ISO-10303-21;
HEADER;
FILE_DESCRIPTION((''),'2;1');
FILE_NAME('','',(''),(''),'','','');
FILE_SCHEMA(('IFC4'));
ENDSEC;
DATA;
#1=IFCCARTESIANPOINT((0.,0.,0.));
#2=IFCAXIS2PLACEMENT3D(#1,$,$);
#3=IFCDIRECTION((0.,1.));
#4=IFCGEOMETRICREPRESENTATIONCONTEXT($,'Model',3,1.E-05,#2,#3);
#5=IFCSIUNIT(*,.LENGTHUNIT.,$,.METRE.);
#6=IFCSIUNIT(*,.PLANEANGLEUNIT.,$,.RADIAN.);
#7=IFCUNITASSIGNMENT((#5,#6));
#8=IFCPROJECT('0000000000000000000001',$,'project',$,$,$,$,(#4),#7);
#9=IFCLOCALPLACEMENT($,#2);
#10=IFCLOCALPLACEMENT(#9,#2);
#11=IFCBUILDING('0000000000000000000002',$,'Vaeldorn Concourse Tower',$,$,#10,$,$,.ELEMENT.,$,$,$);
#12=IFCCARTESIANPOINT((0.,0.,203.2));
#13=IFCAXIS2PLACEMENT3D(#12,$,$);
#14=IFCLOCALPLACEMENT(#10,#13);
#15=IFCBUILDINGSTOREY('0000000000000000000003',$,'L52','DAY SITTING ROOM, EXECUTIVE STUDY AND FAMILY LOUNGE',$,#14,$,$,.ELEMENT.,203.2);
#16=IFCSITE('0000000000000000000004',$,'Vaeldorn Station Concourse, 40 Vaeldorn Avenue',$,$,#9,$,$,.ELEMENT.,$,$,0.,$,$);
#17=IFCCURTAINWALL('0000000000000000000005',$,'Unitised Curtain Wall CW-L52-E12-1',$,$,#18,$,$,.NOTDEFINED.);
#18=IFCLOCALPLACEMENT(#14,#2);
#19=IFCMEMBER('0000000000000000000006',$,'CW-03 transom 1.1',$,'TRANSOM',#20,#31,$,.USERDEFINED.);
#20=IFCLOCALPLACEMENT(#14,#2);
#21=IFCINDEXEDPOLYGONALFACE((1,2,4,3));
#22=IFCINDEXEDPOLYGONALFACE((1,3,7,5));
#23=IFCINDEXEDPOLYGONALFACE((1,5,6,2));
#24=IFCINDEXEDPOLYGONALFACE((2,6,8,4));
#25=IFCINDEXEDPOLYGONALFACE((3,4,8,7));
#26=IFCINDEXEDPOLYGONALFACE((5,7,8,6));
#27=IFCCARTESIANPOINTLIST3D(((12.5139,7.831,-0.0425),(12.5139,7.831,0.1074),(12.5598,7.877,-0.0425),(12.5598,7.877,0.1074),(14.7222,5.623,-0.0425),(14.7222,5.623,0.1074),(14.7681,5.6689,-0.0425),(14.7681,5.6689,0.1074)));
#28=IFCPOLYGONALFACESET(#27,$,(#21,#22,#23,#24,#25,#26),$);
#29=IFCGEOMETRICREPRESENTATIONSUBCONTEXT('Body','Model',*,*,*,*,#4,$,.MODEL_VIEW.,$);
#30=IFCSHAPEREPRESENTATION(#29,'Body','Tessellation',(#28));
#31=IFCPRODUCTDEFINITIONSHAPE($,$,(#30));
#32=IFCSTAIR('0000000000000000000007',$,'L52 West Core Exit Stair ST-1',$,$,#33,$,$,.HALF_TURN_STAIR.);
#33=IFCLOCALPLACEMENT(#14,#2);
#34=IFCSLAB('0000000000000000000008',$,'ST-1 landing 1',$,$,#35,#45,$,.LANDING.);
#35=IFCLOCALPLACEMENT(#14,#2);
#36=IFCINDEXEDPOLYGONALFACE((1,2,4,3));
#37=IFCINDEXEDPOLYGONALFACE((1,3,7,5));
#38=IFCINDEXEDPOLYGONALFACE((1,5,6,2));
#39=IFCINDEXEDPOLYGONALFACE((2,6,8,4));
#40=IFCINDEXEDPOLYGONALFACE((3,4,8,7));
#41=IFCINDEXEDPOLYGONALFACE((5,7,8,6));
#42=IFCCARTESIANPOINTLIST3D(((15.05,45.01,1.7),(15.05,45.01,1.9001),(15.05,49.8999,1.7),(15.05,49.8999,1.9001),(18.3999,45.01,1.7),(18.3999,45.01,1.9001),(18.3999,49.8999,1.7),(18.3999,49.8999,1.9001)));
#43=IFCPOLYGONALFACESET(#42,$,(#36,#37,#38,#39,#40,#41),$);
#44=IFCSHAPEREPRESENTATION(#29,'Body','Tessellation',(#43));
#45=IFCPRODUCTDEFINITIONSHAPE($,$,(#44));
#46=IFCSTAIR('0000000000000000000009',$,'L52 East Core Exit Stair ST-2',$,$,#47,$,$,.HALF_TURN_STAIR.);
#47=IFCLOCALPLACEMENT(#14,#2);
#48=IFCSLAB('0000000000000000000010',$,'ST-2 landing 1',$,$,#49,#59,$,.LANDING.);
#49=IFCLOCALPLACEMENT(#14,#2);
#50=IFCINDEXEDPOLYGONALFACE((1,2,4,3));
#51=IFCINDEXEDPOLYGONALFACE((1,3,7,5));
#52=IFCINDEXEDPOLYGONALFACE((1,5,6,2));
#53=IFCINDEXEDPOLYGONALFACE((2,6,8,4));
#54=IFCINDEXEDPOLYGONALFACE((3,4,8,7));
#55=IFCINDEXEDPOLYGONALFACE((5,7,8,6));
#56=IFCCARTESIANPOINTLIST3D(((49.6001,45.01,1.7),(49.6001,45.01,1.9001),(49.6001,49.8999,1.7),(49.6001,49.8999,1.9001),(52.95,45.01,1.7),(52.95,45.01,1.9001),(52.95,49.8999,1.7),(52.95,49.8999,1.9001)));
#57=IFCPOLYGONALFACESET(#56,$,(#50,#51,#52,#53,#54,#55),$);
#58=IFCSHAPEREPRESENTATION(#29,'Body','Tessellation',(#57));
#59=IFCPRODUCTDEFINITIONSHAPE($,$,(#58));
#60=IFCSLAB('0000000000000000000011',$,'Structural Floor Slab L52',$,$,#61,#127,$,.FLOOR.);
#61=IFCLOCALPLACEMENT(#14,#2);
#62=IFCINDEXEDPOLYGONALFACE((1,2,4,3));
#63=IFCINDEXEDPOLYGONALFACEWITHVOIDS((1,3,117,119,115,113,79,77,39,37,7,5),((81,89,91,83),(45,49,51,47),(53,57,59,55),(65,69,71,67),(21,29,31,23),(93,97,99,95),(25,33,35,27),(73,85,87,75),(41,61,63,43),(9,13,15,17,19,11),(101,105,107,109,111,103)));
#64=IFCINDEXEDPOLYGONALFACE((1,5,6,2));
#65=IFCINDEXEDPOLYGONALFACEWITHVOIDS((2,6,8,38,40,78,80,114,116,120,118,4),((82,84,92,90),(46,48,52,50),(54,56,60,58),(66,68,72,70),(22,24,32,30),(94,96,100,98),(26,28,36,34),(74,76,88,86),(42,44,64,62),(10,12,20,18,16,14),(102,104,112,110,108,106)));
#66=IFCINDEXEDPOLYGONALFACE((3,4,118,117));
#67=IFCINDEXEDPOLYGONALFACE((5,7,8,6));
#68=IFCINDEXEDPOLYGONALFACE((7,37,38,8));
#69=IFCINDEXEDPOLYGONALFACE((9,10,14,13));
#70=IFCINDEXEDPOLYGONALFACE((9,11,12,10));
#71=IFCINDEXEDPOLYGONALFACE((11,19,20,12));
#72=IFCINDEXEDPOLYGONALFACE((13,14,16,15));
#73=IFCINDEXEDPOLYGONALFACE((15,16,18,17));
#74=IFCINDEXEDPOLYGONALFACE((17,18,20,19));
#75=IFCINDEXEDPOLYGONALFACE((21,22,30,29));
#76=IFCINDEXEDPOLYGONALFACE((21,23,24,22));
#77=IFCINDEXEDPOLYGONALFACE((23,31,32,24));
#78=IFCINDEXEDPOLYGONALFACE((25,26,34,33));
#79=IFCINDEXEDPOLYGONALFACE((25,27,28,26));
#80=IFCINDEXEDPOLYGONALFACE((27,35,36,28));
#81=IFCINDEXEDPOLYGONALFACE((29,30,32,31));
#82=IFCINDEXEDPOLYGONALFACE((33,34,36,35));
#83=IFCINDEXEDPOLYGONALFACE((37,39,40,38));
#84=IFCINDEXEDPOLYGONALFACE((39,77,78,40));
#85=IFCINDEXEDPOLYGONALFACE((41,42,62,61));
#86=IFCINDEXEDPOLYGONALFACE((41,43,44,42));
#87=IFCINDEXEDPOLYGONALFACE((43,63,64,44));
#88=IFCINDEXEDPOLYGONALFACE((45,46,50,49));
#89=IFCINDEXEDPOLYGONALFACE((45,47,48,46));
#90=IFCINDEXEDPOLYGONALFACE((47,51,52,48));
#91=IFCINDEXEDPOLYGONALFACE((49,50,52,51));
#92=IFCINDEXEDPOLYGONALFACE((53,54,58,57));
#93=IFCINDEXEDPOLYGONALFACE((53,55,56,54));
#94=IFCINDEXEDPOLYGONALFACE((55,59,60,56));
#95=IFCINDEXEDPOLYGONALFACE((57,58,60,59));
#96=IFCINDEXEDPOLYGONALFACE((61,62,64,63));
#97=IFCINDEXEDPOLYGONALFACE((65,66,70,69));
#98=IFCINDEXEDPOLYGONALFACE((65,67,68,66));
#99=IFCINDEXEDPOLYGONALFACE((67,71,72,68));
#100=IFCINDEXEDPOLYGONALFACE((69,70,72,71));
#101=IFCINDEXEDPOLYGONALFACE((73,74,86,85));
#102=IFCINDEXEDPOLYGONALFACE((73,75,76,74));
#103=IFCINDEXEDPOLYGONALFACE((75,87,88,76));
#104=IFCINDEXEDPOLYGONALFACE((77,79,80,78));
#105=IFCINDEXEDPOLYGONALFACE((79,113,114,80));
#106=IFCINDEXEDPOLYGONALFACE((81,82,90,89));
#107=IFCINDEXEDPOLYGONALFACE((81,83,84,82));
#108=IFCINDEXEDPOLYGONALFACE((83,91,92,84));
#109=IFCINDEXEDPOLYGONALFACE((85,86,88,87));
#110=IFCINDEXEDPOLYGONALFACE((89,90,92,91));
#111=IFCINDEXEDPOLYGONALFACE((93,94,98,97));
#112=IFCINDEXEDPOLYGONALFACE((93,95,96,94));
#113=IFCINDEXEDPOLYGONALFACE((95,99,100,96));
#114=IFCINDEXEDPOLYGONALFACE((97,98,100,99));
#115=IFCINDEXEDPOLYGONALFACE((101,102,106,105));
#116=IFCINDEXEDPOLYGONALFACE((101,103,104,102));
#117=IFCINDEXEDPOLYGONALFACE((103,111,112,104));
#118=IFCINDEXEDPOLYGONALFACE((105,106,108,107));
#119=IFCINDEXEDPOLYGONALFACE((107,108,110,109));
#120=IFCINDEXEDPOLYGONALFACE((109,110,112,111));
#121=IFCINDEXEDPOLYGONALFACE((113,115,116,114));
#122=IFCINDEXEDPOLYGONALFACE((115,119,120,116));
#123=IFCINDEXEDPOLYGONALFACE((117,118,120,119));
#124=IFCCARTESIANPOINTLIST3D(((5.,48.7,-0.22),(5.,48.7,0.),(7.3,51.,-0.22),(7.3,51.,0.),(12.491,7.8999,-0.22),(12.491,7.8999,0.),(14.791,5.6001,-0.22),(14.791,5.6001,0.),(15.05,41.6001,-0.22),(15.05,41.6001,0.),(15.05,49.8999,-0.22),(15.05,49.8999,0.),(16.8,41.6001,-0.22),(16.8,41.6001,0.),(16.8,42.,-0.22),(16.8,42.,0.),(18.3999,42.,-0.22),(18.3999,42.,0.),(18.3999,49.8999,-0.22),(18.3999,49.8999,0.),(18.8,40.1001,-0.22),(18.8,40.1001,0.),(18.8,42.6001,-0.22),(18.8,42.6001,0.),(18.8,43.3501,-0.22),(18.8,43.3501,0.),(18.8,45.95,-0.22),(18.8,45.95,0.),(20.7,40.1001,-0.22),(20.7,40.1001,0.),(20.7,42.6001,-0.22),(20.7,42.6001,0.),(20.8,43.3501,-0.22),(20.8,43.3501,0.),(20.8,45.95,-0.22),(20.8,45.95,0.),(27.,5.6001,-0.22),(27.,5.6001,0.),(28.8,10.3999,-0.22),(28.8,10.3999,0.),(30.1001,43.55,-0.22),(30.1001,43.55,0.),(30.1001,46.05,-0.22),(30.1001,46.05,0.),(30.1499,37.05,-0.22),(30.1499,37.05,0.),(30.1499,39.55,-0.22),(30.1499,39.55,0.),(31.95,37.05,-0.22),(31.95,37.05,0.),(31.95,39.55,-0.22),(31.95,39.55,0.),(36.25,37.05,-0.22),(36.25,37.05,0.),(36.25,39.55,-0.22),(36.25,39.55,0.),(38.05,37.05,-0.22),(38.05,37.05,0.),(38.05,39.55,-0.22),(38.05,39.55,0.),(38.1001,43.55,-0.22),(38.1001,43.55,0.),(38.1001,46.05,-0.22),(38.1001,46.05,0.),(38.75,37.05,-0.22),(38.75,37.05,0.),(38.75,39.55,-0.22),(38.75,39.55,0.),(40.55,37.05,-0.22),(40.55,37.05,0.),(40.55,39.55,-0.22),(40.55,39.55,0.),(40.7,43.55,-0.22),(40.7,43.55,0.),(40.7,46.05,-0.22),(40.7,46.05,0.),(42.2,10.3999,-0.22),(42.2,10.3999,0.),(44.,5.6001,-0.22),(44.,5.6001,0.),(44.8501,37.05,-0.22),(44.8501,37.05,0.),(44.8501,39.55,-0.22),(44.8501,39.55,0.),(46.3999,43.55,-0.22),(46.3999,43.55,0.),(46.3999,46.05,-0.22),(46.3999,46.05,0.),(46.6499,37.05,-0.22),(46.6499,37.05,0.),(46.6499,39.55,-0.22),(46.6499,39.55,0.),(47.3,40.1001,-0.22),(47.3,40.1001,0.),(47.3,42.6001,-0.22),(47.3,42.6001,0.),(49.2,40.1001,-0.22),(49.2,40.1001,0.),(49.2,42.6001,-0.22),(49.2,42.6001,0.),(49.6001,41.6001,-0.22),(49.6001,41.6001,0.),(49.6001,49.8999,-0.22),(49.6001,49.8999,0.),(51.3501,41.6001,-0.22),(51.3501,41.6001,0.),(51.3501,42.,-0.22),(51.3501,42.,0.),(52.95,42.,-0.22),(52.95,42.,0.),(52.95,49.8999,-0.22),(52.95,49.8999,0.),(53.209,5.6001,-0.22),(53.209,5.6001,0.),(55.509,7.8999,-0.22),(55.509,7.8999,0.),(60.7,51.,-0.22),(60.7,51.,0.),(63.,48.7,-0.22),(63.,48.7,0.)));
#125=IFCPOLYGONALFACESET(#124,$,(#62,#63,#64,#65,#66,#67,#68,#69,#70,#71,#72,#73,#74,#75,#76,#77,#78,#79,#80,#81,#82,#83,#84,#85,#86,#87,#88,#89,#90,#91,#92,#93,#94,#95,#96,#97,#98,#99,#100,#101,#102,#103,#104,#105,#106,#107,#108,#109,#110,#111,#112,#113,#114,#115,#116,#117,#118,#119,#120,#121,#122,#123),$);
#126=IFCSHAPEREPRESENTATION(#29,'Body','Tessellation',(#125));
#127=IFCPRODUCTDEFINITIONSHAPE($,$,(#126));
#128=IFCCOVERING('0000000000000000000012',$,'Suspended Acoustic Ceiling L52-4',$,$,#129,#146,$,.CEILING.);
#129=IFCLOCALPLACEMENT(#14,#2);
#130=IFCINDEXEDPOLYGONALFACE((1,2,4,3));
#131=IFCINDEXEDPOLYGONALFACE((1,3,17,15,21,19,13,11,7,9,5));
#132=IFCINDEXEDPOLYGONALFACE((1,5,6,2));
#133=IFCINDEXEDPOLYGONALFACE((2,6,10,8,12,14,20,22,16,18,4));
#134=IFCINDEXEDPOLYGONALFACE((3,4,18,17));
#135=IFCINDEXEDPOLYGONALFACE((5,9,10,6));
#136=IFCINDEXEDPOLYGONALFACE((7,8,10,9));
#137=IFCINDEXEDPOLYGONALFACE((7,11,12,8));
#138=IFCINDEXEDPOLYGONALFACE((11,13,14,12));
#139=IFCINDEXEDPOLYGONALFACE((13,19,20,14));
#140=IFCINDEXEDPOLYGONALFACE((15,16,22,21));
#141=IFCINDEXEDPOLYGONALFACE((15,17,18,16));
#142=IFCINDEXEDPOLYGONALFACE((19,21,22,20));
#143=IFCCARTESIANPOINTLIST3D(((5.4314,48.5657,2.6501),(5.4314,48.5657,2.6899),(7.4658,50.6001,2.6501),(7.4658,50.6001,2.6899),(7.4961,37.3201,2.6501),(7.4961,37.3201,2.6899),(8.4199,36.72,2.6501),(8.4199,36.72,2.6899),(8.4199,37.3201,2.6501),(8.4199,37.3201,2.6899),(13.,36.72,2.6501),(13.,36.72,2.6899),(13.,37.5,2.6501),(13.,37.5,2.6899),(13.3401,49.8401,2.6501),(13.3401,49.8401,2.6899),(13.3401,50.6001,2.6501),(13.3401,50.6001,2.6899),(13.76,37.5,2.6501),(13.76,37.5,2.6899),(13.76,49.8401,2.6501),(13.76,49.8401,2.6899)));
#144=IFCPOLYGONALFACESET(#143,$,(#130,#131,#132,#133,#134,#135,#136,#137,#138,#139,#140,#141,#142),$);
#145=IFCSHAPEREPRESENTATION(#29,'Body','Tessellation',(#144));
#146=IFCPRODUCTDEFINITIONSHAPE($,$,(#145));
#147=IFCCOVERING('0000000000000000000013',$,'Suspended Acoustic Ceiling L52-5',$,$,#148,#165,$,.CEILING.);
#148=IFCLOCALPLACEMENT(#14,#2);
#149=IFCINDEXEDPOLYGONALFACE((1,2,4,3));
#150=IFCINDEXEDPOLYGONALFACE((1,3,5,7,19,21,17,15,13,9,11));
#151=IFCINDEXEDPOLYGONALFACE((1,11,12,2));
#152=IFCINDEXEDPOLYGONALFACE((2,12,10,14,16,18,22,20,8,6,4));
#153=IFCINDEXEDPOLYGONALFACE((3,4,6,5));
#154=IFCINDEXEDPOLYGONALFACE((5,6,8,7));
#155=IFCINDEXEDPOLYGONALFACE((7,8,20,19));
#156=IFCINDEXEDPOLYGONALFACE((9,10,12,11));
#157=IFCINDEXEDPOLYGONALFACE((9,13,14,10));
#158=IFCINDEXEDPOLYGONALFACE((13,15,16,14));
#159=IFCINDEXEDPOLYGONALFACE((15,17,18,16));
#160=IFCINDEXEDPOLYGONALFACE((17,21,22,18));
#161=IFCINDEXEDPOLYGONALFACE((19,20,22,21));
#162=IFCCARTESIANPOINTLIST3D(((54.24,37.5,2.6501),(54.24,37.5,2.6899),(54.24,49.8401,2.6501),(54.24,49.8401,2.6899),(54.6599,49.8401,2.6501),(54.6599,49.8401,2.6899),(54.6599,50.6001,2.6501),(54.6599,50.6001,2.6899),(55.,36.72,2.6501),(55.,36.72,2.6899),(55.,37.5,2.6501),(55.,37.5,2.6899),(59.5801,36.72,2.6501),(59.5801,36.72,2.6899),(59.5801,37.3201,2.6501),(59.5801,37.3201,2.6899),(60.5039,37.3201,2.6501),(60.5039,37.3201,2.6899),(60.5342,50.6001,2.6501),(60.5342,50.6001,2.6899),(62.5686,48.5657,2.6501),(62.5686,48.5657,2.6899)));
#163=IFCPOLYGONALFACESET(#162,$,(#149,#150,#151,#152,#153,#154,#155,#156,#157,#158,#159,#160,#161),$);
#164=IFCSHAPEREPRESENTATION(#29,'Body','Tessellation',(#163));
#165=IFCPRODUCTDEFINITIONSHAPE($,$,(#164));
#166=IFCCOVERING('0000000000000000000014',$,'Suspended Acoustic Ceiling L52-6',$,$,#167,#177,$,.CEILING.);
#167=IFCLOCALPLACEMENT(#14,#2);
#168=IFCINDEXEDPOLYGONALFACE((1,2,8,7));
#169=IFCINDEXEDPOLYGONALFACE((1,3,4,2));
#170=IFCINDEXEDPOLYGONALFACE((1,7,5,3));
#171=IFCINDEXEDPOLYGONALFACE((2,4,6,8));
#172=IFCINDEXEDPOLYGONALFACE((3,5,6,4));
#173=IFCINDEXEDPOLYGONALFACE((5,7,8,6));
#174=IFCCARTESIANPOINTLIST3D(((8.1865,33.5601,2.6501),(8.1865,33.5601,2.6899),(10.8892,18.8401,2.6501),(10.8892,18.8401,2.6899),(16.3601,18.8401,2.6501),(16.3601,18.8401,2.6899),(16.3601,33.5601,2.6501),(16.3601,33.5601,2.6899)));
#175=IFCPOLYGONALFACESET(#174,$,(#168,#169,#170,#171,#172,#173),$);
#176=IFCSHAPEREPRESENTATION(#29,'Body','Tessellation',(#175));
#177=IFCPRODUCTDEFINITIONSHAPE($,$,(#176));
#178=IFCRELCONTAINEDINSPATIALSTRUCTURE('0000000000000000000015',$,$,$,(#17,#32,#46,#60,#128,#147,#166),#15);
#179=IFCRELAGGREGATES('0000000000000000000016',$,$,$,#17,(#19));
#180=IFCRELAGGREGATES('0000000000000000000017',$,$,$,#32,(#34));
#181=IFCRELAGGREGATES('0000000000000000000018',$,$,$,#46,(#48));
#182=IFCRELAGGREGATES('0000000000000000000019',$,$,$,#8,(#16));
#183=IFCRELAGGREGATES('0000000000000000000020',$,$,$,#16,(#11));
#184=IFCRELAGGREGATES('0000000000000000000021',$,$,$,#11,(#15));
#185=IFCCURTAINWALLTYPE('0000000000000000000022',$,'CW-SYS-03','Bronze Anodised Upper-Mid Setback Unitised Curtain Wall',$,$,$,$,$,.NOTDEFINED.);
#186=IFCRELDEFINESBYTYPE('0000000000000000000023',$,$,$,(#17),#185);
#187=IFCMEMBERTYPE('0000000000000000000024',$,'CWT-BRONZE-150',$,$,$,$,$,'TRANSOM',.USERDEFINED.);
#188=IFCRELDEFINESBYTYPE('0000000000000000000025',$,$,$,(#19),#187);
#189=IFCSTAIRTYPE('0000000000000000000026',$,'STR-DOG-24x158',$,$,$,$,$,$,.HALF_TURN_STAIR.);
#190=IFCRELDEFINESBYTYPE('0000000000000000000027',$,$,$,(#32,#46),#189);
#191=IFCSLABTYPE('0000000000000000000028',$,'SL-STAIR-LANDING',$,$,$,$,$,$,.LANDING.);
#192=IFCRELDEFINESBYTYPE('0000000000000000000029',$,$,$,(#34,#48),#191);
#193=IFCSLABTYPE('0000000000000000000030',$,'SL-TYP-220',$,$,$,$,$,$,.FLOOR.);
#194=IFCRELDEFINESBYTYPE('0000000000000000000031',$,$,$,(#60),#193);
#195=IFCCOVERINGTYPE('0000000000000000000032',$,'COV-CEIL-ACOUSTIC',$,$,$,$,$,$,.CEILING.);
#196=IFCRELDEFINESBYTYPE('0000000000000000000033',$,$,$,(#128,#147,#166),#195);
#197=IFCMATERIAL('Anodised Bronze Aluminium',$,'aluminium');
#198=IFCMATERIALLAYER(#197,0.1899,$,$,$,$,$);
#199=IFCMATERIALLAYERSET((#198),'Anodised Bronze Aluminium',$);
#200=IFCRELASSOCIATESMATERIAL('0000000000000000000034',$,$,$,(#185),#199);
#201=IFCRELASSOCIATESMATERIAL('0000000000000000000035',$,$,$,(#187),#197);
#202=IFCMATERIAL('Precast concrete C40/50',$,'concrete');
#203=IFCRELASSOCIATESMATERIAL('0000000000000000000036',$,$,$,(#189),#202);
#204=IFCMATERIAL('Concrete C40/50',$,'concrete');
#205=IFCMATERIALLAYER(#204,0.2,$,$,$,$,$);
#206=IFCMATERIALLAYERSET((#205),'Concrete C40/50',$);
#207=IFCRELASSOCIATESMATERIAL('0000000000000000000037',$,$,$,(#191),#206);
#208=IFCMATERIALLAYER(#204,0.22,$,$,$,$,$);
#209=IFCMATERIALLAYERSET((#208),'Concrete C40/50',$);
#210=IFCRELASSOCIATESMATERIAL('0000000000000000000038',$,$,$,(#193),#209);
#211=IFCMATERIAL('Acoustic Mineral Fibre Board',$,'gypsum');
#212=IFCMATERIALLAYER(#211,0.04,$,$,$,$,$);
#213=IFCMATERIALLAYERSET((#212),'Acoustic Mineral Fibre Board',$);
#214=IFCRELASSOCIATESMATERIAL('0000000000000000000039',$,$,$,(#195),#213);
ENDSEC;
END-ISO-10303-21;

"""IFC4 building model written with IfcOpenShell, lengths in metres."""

from ifc_helpers import new_model, si_unit, direction, frame, origin, origin_2d, place, context, subcontext, project, spatial, polyline, rectangle, outline, extrude, source, transform, mapped, material, layer, layer_set, material_profile, profile_set, type_object, element, aggregate, save


model = new_model("IFC4")

# Units and contexts
model_context = context("Model", 3, precision=1e-05, world=origin(), true_north=direction((0.0, 1.0)))
body_context = subcontext(model_context, "Body", "Model", "MODEL_VIEW")
ifc_project = project(units=[si_unit("LENGTHUNIT", "METRE"), si_unit("PLANEANGLEUNIT", "RADIAN")], contexts=[model_context])

# Site, building, storey
site_placement = place(None, origin())
site = spatial("IfcSite", under=ifc_project, at=site_placement, Name="Vaeldorn Station Concourse, 40 Vaeldorn Avenue", CompositionType="ELEMENT", RefElevation=0.0)
building_placement = place(site_placement, origin())
building = spatial("IfcBuilding", under=site, at=building_placement, Name="Vaeldorn Concourse Tower", CompositionType="ELEMENT")
storey_placement = place(building_placement, frame((0.0, 0.0, 203.2)))
storey = spatial("IfcBuildingStorey", under=building, at=storey_placement, Name="L52", Description="DAY SITTING ROOM, EXECUTIVE STUDY AND FAMILY LOUNGE", CompositionType="ELEMENT", Elevation=203.2)

# Curtain wall, member
ifc_material_1 = material(Name="Anodised Bronze Aluminium", Category="aluminium")
ifc_layer_1 = layer(ifc_material_1, 0.1899)
ifc_layer_set_1 = layer_set([ifc_layer_1], Name="Anodised Bronze Aluminium")
curtain_wall_type = type_object("IfcCurtainWallType", Name="CW-SYS-03", Description="Bronze Anodised Upper-Mid Setback Unitised Curtain Wall", PredefinedType="NOTDEFINED", material=ifc_layer_set_1)
curtain_wall_placement = place(storey_placement, origin())
curtain_wall = element("IfcCurtainWall", 1, at=curtain_wall_placement, inside=storey, type_object=curtain_wall_type, Name="Unitised Curtain Wall CW-L52-E12-1", PredefinedType="NOTDEFINED")
ifc_material_profile = material_profile(ifc_material_1, rectangle(XDim=0.0649, YDim=0.1499, at=origin_2d()), Name="CWT 65x150")
ifc_profile_set = profile_set([ifc_material_profile], Name="Anodised Bronze Aluminium")
member_type = type_object("IfcMemberType", Name="CWT-BRONZE-150", ElementType="TRANSOM", PredefinedType="USERDEFINED", material=ifc_profile_set)
shared_shape_1 = source(origin(), body_context, "Body", "SweptSolid", [
    extrude(rectangle(XDim=0.0649, YDim=0.1499, at=origin_2d()), origin(), (0.0, 0.0, 1.0), 3.1228),
])
member_placement = place(storey_placement, frame((12.5369, 7.854, 0.0325), z_axis=(0.707146, -0.707068, 0.0), x_axis=(0.707068, 0.707146, 0.0)))
member = element("IfcMember", 2, at=member_placement, type_object=member_type, Name="CW-03 transom 1.1", ObjectType="TRANSOM", PredefinedType="USERDEFINED", context=body_context, shape_type="MappedRepresentation", body=[
    mapped(shared_shape_1, transform((0.0, 0.0, 0.0), scale=1.0)),
])
aggregate(curtain_wall, [member])

# Stairs, slabs
ifc_material_2 = material(Name="Precast concrete C40/50", Category="concrete")
stair_type = type_object("IfcStairType", Name="STR-DOG-24x158", PredefinedType="HALF_TURN_STAIR", material=ifc_material_2)
stair_1_placement = place(storey_placement, origin())
stair_1 = element("IfcStair", 3, at=stair_1_placement, inside=storey, type_object=stair_type, Name="L52 West Core Exit Stair ST-1", PredefinedType="HALF_TURN_STAIR")
ifc_material_3 = material(Name="Concrete C40/50", Category="concrete")
ifc_layer_2 = layer(ifc_material_3, 0.2)
ifc_layer_set_2 = layer_set([ifc_layer_2], Name="Concrete C40/50")
slab_type_1 = type_object("IfcSlabType", Name="SL-STAIR-LANDING", PredefinedType="LANDING", material=ifc_layer_set_2)
slab_1_placement = place(storey_placement, frame((0.0, 0.0, 1.7)))
slab_1 = element("IfcSlab", 4, at=slab_1_placement, type_object=slab_type_1, Name="ST-1 landing 1", PredefinedType="LANDING", context=body_context, shape_type="SweptSolid", body=[
    extrude(outline(polyline([(18.3999, 45.01), (18.3999, 49.8999), (15.05, 49.8999), (15.05, 45.01), (18.3999, 45.01)])), origin(), (0.0, 0.0, 1.0), 0.2002),
])
aggregate(stair_1, [slab_1])
stair_2_placement = place(storey_placement, origin())
stair_2 = element("IfcStair", 5, at=stair_2_placement, inside=storey, type_object=stair_type, Name="L52 East Core Exit Stair ST-2", PredefinedType="HALF_TURN_STAIR")
slab_2_placement = place(storey_placement, frame((0.0, 0.0, 1.7)))
slab_2 = element("IfcSlab", 6, at=slab_2_placement, type_object=slab_type_1, Name="ST-2 landing 1", PredefinedType="LANDING", context=body_context, shape_type="SweptSolid", body=[
    extrude(outline(polyline([(52.95, 45.01), (52.95, 49.8999), (49.6001, 49.8999), (49.6001, 45.01), (52.95, 45.01)])), origin(), (0.0, 0.0, 1.0), 0.2002),
])
aggregate(stair_2, [slab_2])

# Slab
ifc_layer_3 = layer(ifc_material_3, 0.22)
ifc_layer_set_3 = layer_set([ifc_layer_3], Name="Concrete C40/50")
slab_type_2 = type_object("IfcSlabType", Name="SL-TYP-220", PredefinedType="FLOOR", material=ifc_layer_set_3)
slab_3_placement = place(storey_placement, frame((0.0, 0.0, -0.22)))
element("IfcSlab", 7, at=slab_3_placement, inside=storey, type_object=slab_type_2, Name="Structural Floor Slab L52", PredefinedType="FLOOR", context=body_context, shape_type="SweptSolid", body=[
    extrude(outline(polyline([(14.791, 5.6001), (27.0, 5.6001), (28.8, 10.3999), (42.2, 10.3999), (44.0, 5.6001), (53.209, 5.6001), (55.509, 7.8999), (63.0, 48.7), (60.7, 51.0), (7.3, 51.0), (5.0, 48.7), (12.491, 7.8999), (14.791, 5.6001)]), holes=[polyline([(18.3999, 42.0), (18.3999, 49.8999), (15.05, 49.8999), (15.05, 41.6001), (16.8, 41.6001), (16.8, 42.0), (18.3999, 42.0)]), polyline([(52.95, 42.0), (52.95, 49.8999), (49.6001, 49.8999), (49.6001, 41.6001), (51.3501, 41.6001), (51.3501, 42.0), (52.95, 42.0)]), polyline([(30.1499, 37.05), (31.95, 37.05), (31.95, 39.55), (30.1499, 39.55), (30.1499, 37.05)]), polyline([(36.25, 37.05), (38.05, 37.05), (38.05, 39.55), (36.25, 39.55), (36.25, 37.05)]), polyline([(30.1001, 43.55), (38.1001, 43.55), (38.1001, 46.05), (30.1001, 46.05), (30.1001, 43.55)]), polyline([(38.75, 37.05), (40.55, 37.05), (40.55, 39.55), (38.75, 39.55), (38.75, 37.05)]), polyline([(44.8501, 37.05), (46.6499, 37.05), (46.6499, 39.55), (44.8501, 39.55), (44.8501, 37.05)]), polyline([(40.7, 43.55), (46.3999, 43.55), (46.3999, 46.05), (40.7, 46.05), (40.7, 43.55)]), polyline([(18.8, 43.3501), (20.8, 43.3501), (20.8, 45.95), (18.8, 45.95), (18.8, 43.3501)]), polyline([(18.8, 40.1001), (20.7, 40.1001), (20.7, 42.6001), (18.8, 42.6001), (18.8, 40.1001)]), polyline([(47.3, 40.1001), (49.2, 40.1001), (49.2, 42.6001), (47.3, 42.6001), (47.3, 40.1001)])]), origin(), (0.0, 0.0, 1.0), 0.22),
])

# Coverings
ifc_material_4 = material(Name="Acoustic Mineral Fibre Board", Category="gypsum")
ifc_layer_4 = layer(ifc_material_4, 0.04)
ifc_layer_set_4 = layer_set([ifc_layer_4], Name="Acoustic Mineral Fibre Board")
covering_type_1 = type_object("IfcCoveringType", Name="COV-CEIL-ACOUSTIC", PredefinedType="CEILING", material=ifc_layer_set_4)
covering_1_placement = place(storey_placement, frame((0.0, 0.0, 2.6501)))
element("IfcCovering", 8, at=covering_1_placement, inside=storey, type_object=covering_type_1, Name="Suspended Acoustic Ceiling L52-4", PredefinedType="CEILING", context=body_context, shape_type="SweptSolid", body=[
    extrude(outline(polyline([(13.3401, 50.6001), (13.3401, 49.8401), (13.76, 49.8401), (13.76, 37.5), (13.0, 37.5), (13.0, 36.72), (8.4199, 36.72), (8.4199, 37.3201), (7.4961, 37.3201), (5.4314, 48.5657), (7.4658, 50.6001), (13.3401, 50.6001)])), origin(), (0.0, 0.0, 1.0), 0.0398),
])
covering_2_placement = place(storey_placement, frame((0.0, 0.0, 2.6501)))
element("IfcCovering", 9, at=covering_2_placement, inside=storey, type_object=covering_type_1, Name="Suspended Acoustic Ceiling L52-5", PredefinedType="CEILING", context=body_context, shape_type="SweptSolid", body=[
    extrude(outline(polyline([(54.6599, 49.8401), (54.6599, 50.6001), (60.5342, 50.6001), (62.5686, 48.5657), (60.5039, 37.3201), (59.5801, 37.3201), (59.5801, 36.72), (55.0, 36.72), (55.0, 37.5), (54.24, 37.5), (54.24, 49.8401), (54.6599, 49.8401)])), origin(), (0.0, 0.0, 1.0), 0.0398),
])
covering_3_placement = place(storey_placement, frame((0.0, 0.0, 2.6501)))
element("IfcCovering", 10, at=covering_3_placement, inside=storey, type_object=covering_type_1, Name="Suspended Acoustic Ceiling L52-6", PredefinedType="CEILING", context=body_context, shape_type="SweptSolid", body=[
    extrude(outline(polyline([(16.3601, 33.5601), (16.3601, 18.8401), (10.8892, 18.8401), (8.1865, 33.5601), (16.3601, 33.5601)])), origin(), (0.0, 0.0, 1.0), 0.0398),
])

save(model, "model.ifc")
